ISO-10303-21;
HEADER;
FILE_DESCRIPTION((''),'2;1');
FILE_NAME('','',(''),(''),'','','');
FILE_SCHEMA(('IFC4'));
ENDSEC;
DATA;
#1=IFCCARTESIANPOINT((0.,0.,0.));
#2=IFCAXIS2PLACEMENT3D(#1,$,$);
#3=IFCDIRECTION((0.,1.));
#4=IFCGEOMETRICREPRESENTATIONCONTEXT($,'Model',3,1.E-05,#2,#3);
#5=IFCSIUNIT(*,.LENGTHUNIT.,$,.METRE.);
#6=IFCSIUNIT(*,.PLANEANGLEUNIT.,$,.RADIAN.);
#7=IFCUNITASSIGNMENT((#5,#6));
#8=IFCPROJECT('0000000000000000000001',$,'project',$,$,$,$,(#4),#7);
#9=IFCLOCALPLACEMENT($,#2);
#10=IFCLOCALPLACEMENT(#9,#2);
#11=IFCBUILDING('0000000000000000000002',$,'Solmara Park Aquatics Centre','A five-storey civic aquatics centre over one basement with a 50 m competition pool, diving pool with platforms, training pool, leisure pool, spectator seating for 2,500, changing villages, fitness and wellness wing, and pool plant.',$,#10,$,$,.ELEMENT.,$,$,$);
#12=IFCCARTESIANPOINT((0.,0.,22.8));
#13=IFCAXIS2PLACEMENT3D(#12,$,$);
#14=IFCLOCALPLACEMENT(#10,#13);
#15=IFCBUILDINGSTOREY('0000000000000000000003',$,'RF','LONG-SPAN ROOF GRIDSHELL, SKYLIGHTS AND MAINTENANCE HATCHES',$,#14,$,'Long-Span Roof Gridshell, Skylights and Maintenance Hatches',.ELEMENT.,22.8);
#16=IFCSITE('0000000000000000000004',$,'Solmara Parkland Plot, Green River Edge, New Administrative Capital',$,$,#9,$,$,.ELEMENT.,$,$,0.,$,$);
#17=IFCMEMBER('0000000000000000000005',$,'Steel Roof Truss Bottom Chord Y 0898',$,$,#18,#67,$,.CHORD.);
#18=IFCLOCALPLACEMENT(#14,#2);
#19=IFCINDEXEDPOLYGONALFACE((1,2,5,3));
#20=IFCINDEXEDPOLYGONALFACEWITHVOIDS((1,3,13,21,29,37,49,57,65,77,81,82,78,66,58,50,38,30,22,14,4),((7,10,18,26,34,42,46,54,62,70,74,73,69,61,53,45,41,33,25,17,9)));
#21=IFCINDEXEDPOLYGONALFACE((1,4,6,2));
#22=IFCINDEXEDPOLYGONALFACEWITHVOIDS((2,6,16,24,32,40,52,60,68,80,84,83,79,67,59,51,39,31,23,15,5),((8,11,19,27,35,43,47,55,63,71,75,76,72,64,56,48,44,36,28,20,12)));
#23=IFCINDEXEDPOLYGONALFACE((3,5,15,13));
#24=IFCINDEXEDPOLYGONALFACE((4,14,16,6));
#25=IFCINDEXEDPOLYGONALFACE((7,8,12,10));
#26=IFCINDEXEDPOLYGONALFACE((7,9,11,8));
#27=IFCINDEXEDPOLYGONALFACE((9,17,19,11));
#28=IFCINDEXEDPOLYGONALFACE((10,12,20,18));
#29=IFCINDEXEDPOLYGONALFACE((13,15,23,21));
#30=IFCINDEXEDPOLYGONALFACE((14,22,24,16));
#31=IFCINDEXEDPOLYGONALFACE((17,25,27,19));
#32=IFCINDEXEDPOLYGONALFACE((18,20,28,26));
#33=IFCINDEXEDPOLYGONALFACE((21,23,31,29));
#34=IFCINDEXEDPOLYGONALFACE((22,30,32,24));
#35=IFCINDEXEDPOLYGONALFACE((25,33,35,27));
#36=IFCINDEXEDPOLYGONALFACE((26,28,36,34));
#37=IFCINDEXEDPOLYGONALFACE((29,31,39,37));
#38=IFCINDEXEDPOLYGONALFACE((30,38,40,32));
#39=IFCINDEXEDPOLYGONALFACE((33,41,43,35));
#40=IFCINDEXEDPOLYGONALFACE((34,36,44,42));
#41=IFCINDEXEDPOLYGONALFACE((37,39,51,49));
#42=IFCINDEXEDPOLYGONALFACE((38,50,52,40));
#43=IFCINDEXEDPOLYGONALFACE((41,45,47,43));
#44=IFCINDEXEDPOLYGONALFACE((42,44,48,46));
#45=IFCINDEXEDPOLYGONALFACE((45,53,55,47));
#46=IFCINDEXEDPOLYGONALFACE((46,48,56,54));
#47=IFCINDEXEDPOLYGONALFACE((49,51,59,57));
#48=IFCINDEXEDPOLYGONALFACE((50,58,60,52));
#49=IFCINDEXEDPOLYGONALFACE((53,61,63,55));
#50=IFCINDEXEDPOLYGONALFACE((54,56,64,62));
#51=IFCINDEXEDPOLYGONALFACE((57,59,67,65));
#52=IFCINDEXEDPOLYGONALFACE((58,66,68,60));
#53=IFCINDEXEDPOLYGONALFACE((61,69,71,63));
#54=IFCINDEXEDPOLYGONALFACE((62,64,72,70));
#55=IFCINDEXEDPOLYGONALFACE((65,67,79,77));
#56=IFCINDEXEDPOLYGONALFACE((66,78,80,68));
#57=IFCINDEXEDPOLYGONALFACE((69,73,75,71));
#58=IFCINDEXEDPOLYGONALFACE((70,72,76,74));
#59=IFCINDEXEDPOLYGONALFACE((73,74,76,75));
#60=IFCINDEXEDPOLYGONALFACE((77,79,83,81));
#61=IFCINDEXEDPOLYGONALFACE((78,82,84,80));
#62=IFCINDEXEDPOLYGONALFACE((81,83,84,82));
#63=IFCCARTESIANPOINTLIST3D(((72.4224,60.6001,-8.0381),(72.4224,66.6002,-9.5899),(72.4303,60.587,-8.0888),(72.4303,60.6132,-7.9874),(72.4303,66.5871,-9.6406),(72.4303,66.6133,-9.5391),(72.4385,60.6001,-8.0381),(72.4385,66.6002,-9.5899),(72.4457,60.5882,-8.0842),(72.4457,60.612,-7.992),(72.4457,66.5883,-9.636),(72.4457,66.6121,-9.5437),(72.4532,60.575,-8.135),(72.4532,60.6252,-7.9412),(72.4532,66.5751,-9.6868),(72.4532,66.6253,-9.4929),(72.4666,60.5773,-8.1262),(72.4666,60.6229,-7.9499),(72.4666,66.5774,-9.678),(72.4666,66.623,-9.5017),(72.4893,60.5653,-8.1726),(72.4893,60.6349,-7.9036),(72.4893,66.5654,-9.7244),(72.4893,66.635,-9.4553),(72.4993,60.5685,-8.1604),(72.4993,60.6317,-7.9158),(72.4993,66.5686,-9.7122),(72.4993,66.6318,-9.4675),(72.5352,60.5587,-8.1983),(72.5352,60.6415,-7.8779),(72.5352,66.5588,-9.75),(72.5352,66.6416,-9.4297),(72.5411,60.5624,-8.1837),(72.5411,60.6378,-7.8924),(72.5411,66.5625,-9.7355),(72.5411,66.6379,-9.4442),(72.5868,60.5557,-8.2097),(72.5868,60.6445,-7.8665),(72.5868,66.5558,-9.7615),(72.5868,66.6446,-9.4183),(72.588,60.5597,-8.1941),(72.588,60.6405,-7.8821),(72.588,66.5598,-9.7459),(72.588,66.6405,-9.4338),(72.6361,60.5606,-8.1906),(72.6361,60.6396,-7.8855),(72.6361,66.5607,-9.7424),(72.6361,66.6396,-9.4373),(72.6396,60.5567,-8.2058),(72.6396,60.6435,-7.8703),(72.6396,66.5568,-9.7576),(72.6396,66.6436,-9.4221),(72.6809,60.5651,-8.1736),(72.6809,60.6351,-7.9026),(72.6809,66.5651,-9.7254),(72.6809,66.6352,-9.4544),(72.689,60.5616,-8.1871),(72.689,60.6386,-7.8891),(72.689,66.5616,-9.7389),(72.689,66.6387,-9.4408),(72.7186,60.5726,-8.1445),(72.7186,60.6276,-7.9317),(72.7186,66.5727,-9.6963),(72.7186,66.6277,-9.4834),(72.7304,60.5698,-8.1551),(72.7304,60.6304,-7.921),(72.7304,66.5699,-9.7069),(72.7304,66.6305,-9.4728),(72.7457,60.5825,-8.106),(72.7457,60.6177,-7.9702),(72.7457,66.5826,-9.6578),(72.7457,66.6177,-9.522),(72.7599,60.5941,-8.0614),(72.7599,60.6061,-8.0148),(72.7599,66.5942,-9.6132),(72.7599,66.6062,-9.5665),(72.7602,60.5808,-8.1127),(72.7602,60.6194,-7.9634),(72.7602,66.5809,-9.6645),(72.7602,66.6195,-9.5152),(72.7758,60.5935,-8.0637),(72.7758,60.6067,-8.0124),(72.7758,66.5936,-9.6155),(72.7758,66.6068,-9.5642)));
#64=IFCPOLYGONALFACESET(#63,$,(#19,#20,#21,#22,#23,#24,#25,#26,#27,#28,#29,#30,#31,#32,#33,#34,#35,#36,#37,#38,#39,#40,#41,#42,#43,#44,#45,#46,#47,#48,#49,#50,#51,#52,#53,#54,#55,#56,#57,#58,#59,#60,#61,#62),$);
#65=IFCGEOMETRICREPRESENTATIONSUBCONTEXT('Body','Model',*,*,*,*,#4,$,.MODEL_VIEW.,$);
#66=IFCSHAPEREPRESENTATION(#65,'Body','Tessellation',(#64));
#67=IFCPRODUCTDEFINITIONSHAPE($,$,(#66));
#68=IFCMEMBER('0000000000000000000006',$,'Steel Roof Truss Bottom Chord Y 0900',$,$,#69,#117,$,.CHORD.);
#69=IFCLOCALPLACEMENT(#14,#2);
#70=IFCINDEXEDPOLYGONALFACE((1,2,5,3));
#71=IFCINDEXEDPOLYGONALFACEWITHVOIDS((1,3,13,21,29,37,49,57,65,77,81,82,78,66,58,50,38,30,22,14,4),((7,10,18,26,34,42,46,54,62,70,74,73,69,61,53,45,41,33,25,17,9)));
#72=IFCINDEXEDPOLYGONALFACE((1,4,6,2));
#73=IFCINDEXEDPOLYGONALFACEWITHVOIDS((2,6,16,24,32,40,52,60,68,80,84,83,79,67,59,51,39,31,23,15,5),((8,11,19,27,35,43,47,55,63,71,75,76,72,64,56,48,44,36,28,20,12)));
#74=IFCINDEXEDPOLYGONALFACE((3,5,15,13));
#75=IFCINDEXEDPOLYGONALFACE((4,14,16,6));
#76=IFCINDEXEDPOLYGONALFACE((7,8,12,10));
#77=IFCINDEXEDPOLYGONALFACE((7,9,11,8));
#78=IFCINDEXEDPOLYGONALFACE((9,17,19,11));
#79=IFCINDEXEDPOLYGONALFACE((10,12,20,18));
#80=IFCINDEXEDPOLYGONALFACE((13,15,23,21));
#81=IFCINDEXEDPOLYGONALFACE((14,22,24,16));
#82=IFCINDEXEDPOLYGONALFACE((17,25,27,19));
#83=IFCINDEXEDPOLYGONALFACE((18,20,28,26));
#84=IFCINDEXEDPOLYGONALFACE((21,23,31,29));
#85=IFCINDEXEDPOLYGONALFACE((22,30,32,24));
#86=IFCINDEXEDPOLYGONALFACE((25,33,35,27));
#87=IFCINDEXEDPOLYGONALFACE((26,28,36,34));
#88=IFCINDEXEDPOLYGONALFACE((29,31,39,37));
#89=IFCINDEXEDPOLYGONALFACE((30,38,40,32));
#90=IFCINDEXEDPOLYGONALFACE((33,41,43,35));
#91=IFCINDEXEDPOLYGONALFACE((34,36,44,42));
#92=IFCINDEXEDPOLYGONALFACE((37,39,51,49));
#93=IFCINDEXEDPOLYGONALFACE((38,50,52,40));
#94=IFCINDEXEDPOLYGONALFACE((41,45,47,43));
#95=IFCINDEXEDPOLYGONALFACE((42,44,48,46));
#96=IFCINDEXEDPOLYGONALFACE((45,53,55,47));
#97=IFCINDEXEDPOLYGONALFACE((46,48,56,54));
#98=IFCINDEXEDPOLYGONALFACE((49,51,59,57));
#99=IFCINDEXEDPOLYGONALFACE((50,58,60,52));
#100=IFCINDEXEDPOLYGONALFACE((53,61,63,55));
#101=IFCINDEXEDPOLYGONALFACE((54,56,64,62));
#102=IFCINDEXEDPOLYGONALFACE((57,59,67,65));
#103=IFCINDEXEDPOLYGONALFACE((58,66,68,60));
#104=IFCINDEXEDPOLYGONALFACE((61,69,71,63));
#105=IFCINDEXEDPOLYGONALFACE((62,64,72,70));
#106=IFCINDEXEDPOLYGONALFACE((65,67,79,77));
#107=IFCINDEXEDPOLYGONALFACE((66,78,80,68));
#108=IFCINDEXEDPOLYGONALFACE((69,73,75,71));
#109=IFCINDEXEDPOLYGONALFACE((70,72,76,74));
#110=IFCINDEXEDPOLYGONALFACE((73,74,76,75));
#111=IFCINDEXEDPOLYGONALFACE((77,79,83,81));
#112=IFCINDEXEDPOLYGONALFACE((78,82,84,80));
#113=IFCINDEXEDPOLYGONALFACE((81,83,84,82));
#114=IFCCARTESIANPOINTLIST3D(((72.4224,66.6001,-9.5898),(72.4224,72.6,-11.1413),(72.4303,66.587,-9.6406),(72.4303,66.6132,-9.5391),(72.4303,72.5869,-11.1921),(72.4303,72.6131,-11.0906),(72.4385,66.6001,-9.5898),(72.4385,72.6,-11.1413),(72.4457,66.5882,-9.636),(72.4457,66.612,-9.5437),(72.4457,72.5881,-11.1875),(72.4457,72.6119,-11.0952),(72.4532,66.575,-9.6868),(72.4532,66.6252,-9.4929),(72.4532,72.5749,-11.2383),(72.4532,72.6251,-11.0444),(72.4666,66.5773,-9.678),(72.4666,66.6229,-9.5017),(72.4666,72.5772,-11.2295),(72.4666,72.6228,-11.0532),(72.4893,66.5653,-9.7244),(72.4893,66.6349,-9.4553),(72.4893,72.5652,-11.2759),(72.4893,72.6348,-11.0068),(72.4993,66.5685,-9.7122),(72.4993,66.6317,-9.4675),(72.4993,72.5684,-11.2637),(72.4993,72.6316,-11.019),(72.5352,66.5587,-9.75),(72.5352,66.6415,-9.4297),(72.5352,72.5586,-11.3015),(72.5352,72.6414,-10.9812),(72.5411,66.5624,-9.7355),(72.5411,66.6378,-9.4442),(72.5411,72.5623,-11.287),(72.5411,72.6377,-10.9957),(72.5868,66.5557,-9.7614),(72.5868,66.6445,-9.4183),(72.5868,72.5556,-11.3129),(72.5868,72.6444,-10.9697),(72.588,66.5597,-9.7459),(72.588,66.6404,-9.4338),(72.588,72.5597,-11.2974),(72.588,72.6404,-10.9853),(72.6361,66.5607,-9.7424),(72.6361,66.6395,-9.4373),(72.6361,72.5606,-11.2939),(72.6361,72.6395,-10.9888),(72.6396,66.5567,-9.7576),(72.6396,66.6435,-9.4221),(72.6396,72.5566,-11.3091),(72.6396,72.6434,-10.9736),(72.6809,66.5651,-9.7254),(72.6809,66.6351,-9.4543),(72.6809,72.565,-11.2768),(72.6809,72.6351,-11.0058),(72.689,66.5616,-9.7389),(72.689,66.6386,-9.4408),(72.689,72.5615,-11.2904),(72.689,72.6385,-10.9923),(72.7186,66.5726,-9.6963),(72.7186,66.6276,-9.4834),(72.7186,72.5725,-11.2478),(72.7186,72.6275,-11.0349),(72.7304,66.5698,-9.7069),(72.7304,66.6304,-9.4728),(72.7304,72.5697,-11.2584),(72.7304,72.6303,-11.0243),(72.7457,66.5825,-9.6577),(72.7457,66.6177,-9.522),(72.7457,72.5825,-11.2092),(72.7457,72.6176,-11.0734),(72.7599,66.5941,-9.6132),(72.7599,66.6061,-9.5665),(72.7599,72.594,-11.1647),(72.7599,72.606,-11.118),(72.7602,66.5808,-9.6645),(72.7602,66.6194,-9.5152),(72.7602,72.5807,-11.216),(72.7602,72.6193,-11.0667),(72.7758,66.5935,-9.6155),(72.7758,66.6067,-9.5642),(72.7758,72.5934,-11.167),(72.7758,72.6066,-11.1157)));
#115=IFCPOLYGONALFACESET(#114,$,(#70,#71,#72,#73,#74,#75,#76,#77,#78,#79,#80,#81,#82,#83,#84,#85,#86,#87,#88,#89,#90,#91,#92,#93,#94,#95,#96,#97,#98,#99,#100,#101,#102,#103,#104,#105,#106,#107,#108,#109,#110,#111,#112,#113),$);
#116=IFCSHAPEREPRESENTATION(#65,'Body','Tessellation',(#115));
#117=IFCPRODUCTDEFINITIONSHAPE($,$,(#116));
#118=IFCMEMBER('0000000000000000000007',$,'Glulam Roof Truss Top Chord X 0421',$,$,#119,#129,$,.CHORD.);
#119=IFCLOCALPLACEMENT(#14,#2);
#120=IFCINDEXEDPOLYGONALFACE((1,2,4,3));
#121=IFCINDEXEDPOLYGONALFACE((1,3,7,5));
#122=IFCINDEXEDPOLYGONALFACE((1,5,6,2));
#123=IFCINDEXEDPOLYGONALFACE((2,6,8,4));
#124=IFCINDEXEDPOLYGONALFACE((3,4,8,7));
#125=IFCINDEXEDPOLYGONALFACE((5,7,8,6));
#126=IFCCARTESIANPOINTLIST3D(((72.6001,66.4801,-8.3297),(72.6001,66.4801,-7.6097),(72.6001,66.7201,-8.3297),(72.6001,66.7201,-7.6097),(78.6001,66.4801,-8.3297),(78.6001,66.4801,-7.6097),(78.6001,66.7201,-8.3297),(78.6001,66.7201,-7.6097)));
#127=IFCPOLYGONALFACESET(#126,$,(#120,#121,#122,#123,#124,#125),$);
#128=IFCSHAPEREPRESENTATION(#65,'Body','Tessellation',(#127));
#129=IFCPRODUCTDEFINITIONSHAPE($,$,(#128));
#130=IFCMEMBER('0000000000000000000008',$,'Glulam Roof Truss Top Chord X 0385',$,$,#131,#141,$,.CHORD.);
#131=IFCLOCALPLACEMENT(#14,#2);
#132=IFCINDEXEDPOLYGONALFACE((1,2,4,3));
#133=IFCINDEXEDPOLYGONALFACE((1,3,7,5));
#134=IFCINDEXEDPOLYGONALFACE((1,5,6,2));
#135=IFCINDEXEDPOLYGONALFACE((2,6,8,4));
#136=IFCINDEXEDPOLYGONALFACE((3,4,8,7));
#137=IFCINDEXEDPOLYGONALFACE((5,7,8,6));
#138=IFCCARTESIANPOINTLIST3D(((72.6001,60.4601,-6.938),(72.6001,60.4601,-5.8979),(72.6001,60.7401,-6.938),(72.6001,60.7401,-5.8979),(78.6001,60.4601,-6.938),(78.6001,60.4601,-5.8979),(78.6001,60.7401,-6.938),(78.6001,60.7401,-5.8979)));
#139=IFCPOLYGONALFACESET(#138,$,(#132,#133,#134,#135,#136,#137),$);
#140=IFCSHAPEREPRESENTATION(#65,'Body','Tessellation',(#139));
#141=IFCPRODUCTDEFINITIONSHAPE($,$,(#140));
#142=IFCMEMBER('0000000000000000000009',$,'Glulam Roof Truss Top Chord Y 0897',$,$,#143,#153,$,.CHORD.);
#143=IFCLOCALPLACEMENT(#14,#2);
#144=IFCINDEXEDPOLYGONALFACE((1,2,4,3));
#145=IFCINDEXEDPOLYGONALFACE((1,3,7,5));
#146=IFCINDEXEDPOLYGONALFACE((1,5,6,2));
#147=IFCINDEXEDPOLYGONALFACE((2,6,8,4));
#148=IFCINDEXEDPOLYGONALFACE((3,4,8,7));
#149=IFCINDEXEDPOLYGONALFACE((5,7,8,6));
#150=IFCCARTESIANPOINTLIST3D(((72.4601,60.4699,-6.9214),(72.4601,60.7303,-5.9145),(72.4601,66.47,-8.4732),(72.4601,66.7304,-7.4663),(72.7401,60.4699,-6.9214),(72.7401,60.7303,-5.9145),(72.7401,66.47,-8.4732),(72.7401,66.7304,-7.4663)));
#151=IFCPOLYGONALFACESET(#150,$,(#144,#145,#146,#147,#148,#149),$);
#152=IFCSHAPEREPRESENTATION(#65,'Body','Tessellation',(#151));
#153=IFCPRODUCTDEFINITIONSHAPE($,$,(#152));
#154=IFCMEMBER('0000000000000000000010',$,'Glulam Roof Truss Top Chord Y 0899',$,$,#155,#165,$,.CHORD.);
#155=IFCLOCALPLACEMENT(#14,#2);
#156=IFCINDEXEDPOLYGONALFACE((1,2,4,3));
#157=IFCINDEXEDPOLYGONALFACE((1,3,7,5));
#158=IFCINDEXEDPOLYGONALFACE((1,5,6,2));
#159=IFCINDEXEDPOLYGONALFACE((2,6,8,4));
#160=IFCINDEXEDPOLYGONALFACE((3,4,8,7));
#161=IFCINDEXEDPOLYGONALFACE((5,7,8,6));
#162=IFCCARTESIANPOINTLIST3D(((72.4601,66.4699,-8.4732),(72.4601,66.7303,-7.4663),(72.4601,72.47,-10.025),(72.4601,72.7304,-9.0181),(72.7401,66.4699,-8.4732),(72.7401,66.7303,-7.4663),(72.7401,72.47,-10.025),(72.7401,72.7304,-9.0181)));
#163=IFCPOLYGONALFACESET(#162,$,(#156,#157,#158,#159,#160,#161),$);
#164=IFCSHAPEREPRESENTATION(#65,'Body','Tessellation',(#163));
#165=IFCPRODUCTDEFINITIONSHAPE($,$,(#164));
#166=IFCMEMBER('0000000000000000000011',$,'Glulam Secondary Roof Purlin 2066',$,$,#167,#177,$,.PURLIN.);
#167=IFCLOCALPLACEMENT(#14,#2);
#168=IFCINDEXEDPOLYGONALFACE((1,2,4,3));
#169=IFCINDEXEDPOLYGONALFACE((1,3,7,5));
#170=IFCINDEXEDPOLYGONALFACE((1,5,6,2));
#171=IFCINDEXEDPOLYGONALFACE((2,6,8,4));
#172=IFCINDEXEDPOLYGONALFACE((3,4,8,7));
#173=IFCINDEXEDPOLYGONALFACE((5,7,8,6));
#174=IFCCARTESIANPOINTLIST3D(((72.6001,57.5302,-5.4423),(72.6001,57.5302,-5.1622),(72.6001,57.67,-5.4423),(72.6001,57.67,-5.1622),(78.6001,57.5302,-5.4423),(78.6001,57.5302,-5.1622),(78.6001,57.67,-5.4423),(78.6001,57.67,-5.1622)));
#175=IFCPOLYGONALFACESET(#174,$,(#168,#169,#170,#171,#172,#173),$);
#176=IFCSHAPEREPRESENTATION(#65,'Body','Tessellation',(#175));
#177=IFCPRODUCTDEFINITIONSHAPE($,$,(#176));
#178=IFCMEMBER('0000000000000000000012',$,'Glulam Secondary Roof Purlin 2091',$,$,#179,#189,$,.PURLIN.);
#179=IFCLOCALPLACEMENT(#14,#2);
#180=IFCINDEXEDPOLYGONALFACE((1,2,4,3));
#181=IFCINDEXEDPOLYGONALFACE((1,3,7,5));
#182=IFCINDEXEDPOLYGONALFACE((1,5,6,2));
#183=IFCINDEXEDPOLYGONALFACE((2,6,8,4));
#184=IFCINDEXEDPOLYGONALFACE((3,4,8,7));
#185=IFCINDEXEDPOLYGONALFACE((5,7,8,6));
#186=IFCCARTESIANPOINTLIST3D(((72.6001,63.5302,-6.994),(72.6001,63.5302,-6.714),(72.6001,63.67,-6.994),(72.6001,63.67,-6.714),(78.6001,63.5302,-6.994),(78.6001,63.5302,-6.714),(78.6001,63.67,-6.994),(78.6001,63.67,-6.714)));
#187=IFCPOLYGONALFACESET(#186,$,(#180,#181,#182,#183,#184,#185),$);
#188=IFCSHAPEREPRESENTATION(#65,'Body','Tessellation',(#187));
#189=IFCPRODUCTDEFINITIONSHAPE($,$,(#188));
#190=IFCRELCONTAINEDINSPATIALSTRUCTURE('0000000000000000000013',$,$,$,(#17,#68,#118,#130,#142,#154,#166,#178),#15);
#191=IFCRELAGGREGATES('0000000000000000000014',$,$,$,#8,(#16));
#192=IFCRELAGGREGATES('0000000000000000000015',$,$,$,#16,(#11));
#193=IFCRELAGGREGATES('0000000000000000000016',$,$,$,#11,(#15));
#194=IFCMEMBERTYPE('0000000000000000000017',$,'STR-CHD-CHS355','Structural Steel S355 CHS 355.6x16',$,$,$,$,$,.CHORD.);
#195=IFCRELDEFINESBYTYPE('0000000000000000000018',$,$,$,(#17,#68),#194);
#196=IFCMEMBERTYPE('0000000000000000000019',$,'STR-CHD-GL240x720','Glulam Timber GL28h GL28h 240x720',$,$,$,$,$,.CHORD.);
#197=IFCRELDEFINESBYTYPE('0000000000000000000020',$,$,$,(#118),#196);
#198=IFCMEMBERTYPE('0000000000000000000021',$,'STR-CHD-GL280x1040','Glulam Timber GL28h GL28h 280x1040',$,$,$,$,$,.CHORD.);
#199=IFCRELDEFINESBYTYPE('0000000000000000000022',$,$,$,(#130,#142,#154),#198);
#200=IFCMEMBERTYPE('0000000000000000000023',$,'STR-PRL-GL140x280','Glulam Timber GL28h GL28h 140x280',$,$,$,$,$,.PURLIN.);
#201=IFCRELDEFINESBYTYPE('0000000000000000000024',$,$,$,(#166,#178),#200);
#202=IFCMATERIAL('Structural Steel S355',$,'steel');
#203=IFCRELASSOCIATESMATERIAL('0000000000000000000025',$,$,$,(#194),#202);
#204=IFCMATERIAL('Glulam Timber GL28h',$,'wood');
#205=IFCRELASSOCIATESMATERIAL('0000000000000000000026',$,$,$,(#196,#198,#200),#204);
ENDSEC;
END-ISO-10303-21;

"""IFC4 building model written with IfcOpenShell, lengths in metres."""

from ifc_helpers import new_model, si_unit, direction, frame, origin, origin_2d, place, context, subcontext, project, spatial, rectangle, hollow_circle, extrude, material, material_profile, profile_set, type_object, element, save


model = new_model("IFC4")

# Units and contexts
model_context = context("Model", 3, precision=1e-05, world=origin(), true_north=direction((0.0, 1.0)))
body_context = subcontext(model_context, "Body", "Model", "MODEL_VIEW")
ifc_project = project(units=[si_unit("LENGTHUNIT", "METRE"), si_unit("PLANEANGLEUNIT", "RADIAN")], contexts=[model_context])

# Site, building, storey
site_placement = place(None, origin())
site = spatial("IfcSite", under=ifc_project, at=site_placement, Name="Solmara Parkland Plot, Green River Edge, New Administrative Capital", CompositionType="ELEMENT", RefElevation=0.0)
building_placement = place(site_placement, origin())
building = spatial("IfcBuilding", under=site, at=building_placement, Name="Solmara Park Aquatics Centre", Description="A five-storey civic aquatics centre over one basement with a 50 m competition pool, diving pool with platforms, training pool, leisure pool, spectator seating for 2,500, changing villages, fitness and wellness wing, and pool plant.", CompositionType="ELEMENT")
storey_placement = place(building_placement, frame((0.0, 0.0, 22.8)))
storey = spatial("IfcBuildingStorey", under=building, at=storey_placement, Name="RF", Description="LONG-SPAN ROOF GRIDSHELL, SKYLIGHTS AND MAINTENANCE HATCHES", LongName="Long-Span Roof Gridshell, Skylights and Maintenance Hatches", CompositionType="ELEMENT", Elevation=22.8)

# Members
ifc_material_1 = material(Name="Structural Steel S355", Category="steel")
ifc_material_profile_1 = material_profile(ifc_material_1, hollow_circle(Radius=0.1777, WallThickness=0.0161, at=origin_2d()), Name="CHS 355.6x16")
ifc_profile_set_1 = profile_set([ifc_material_profile_1], Name="Structural Steel S355")
member_type_1 = type_object("IfcMemberType", Name="STR-CHD-CHS355", Description="Structural Steel S355 CHS 355.6x16", PredefinedType="CHORD", material=ifc_profile_set_1)
member_1_placement = place(storey_placement, frame((72.6001, 60.6001, -8.0381), z_axis=(0.0, 0.968146, -0.250388), x_axis=(-1.0, 0.0, 0.0)))
element("IfcMember", 1, at=member_1_placement, inside=storey, type_object=member_type_1, Name="Steel Roof Truss Bottom Chord Y 0898", PredefinedType="CHORD", context=body_context, shape_type="SweptSolid", body=[
    extrude(hollow_circle(Radius=0.1777, WallThickness=0.0161, at=origin_2d()), origin(), (0.0, 0.0, 1.0), 6.1975),
])
member_2_placement = place(storey_placement, frame((72.6001, 66.6001, -9.5898), z_axis=(0.0, 0.968155, -0.250351), x_axis=(-1.0, 0.0, 0.0)))
element("IfcMember", 2, at=member_2_placement, inside=storey, type_object=member_type_1, Name="Steel Roof Truss Bottom Chord Y 0900", PredefinedType="CHORD", context=body_context, shape_type="SweptSolid", body=[
    extrude(hollow_circle(Radius=0.1777, WallThickness=0.0161, at=origin_2d()), origin(), (0.0, 0.0, 1.0), 6.1973),
])
ifc_material_2 = material(Name="Glulam Timber GL28h", Category="wood")
ifc_material_profile_2 = material_profile(ifc_material_2, rectangle(XDim=0.24, YDim=0.72, at=origin_2d()), Name="GL28h 240x720")
ifc_profile_set_2 = profile_set([ifc_material_profile_2], Name="Glulam Timber GL28h")
member_type_2 = type_object("IfcMemberType", Name="STR-CHD-GL240x720", Description="Glulam Timber GL28h GL28h 240x720", PredefinedType="CHORD", material=ifc_profile_set_2)
member_3_placement = place(storey_placement, frame((72.6001, 66.6001, -7.9697), z_axis=(1.0, 0.0, 0.0), x_axis=(0.0, 1.0, 0.0)))
element("IfcMember", 3, at=member_3_placement, inside=storey, type_object=member_type_2, Name="Glulam Roof Truss Top Chord X 0421", PredefinedType="CHORD", context=body_context, shape_type="SweptSolid", body=[
    extrude(rectangle(XDim=0.24, YDim=0.72, at=origin_2d()), origin(), (0.0, 0.0, 1.0), 6.0),
])
ifc_material_profile_3 = material_profile(ifc_material_2, rectangle(XDim=0.28, YDim=1.04, at=origin_2d()), Name="GL28h 280x1040")
ifc_profile_set_3 = profile_set([ifc_material_profile_3], Name="Glulam Timber GL28h")
member_type_3 = type_object("IfcMemberType", Name="STR-CHD-GL280x1040", Description="Glulam Timber GL28h GL28h 280x1040", PredefinedType="CHORD", material=ifc_profile_set_3)
member_4_placement = place(storey_placement, frame((72.6001, 60.6001, -6.418), z_axis=(1.0, 0.0, 0.0), x_axis=(0.0, 1.0, 0.0)))
element("IfcMember", 4, at=member_4_placement, inside=storey, type_object=member_type_3, Name="Glulam Roof Truss Top Chord X 0385", PredefinedType="CHORD", context=body_context, shape_type="SweptSolid", body=[
    extrude(rectangle(XDim=0.28, YDim=1.04, at=origin_2d()), origin(), (0.0, 0.0, 1.0), 6.0),
])
for number, where, z_axis, x_axis, name in (
    (5, (72.6001, 60.6001, -6.418), (0.0, 0.968146, -0.250388), (-1.0, 0.0, 0.0), "Glulam Roof Truss Top Chord Y 0897"),
    (6, (72.6001, 66.6001, -7.9697), (0.0, 0.968146, -0.250388), (-1.0, 0.0, 0.0), "Glulam Roof Truss Top Chord Y 0899"),
):
    element("IfcMember", number, at=place(storey_placement, frame(where, z_axis=z_axis, x_axis=x_axis)), inside=storey, type_object=member_type_3, Name=name, PredefinedType="CHORD", context=body_context, shape_type="SweptSolid", body=[
        extrude(rectangle(XDim=0.28, YDim=1.04, at=origin_2d()), origin(), (0.0, 0.0, 1.0), 6.1975),
    ])
ifc_material_profile_4 = material_profile(ifc_material_2, rectangle(XDim=0.1399, YDim=0.28, at=origin_2d()), Name="GL28h 140x280")
ifc_profile_set_4 = profile_set([ifc_material_profile_4], Name="Glulam Timber GL28h")
member_type_4 = type_object("IfcMemberType", Name="STR-PRL-GL140x280", Description="Glulam Timber GL28h GL28h 140x280", PredefinedType="PURLIN", material=ifc_profile_set_4)
for number, where, z_axis, x_axis, name in (
    (7, (72.6001, 57.6001, -5.3022), (1.0, 0.0, 0.0), (0.0, 1.0, 0.0), "Glulam Secondary Roof Purlin 2066"),
    (8, (72.6001, 63.6001, -6.854), (1.0, 0.0, 0.0), (0.0, 1.0, 0.0), "Glulam Secondary Roof Purlin 2091"),
):
    element("IfcMember", number, at=place(storey_placement, frame(where, z_axis=z_axis, x_axis=x_axis)), inside=storey, type_object=member_type_4, Name=name, PredefinedType="PURLIN", context=body_context, shape_type="SweptSolid", body=[
        extrude(rectangle(XDim=0.1399, YDim=0.28, at=origin_2d()), origin(), (0.0, 0.0, 1.0), 6.0),
    ])

save(model, "model.ifc")
